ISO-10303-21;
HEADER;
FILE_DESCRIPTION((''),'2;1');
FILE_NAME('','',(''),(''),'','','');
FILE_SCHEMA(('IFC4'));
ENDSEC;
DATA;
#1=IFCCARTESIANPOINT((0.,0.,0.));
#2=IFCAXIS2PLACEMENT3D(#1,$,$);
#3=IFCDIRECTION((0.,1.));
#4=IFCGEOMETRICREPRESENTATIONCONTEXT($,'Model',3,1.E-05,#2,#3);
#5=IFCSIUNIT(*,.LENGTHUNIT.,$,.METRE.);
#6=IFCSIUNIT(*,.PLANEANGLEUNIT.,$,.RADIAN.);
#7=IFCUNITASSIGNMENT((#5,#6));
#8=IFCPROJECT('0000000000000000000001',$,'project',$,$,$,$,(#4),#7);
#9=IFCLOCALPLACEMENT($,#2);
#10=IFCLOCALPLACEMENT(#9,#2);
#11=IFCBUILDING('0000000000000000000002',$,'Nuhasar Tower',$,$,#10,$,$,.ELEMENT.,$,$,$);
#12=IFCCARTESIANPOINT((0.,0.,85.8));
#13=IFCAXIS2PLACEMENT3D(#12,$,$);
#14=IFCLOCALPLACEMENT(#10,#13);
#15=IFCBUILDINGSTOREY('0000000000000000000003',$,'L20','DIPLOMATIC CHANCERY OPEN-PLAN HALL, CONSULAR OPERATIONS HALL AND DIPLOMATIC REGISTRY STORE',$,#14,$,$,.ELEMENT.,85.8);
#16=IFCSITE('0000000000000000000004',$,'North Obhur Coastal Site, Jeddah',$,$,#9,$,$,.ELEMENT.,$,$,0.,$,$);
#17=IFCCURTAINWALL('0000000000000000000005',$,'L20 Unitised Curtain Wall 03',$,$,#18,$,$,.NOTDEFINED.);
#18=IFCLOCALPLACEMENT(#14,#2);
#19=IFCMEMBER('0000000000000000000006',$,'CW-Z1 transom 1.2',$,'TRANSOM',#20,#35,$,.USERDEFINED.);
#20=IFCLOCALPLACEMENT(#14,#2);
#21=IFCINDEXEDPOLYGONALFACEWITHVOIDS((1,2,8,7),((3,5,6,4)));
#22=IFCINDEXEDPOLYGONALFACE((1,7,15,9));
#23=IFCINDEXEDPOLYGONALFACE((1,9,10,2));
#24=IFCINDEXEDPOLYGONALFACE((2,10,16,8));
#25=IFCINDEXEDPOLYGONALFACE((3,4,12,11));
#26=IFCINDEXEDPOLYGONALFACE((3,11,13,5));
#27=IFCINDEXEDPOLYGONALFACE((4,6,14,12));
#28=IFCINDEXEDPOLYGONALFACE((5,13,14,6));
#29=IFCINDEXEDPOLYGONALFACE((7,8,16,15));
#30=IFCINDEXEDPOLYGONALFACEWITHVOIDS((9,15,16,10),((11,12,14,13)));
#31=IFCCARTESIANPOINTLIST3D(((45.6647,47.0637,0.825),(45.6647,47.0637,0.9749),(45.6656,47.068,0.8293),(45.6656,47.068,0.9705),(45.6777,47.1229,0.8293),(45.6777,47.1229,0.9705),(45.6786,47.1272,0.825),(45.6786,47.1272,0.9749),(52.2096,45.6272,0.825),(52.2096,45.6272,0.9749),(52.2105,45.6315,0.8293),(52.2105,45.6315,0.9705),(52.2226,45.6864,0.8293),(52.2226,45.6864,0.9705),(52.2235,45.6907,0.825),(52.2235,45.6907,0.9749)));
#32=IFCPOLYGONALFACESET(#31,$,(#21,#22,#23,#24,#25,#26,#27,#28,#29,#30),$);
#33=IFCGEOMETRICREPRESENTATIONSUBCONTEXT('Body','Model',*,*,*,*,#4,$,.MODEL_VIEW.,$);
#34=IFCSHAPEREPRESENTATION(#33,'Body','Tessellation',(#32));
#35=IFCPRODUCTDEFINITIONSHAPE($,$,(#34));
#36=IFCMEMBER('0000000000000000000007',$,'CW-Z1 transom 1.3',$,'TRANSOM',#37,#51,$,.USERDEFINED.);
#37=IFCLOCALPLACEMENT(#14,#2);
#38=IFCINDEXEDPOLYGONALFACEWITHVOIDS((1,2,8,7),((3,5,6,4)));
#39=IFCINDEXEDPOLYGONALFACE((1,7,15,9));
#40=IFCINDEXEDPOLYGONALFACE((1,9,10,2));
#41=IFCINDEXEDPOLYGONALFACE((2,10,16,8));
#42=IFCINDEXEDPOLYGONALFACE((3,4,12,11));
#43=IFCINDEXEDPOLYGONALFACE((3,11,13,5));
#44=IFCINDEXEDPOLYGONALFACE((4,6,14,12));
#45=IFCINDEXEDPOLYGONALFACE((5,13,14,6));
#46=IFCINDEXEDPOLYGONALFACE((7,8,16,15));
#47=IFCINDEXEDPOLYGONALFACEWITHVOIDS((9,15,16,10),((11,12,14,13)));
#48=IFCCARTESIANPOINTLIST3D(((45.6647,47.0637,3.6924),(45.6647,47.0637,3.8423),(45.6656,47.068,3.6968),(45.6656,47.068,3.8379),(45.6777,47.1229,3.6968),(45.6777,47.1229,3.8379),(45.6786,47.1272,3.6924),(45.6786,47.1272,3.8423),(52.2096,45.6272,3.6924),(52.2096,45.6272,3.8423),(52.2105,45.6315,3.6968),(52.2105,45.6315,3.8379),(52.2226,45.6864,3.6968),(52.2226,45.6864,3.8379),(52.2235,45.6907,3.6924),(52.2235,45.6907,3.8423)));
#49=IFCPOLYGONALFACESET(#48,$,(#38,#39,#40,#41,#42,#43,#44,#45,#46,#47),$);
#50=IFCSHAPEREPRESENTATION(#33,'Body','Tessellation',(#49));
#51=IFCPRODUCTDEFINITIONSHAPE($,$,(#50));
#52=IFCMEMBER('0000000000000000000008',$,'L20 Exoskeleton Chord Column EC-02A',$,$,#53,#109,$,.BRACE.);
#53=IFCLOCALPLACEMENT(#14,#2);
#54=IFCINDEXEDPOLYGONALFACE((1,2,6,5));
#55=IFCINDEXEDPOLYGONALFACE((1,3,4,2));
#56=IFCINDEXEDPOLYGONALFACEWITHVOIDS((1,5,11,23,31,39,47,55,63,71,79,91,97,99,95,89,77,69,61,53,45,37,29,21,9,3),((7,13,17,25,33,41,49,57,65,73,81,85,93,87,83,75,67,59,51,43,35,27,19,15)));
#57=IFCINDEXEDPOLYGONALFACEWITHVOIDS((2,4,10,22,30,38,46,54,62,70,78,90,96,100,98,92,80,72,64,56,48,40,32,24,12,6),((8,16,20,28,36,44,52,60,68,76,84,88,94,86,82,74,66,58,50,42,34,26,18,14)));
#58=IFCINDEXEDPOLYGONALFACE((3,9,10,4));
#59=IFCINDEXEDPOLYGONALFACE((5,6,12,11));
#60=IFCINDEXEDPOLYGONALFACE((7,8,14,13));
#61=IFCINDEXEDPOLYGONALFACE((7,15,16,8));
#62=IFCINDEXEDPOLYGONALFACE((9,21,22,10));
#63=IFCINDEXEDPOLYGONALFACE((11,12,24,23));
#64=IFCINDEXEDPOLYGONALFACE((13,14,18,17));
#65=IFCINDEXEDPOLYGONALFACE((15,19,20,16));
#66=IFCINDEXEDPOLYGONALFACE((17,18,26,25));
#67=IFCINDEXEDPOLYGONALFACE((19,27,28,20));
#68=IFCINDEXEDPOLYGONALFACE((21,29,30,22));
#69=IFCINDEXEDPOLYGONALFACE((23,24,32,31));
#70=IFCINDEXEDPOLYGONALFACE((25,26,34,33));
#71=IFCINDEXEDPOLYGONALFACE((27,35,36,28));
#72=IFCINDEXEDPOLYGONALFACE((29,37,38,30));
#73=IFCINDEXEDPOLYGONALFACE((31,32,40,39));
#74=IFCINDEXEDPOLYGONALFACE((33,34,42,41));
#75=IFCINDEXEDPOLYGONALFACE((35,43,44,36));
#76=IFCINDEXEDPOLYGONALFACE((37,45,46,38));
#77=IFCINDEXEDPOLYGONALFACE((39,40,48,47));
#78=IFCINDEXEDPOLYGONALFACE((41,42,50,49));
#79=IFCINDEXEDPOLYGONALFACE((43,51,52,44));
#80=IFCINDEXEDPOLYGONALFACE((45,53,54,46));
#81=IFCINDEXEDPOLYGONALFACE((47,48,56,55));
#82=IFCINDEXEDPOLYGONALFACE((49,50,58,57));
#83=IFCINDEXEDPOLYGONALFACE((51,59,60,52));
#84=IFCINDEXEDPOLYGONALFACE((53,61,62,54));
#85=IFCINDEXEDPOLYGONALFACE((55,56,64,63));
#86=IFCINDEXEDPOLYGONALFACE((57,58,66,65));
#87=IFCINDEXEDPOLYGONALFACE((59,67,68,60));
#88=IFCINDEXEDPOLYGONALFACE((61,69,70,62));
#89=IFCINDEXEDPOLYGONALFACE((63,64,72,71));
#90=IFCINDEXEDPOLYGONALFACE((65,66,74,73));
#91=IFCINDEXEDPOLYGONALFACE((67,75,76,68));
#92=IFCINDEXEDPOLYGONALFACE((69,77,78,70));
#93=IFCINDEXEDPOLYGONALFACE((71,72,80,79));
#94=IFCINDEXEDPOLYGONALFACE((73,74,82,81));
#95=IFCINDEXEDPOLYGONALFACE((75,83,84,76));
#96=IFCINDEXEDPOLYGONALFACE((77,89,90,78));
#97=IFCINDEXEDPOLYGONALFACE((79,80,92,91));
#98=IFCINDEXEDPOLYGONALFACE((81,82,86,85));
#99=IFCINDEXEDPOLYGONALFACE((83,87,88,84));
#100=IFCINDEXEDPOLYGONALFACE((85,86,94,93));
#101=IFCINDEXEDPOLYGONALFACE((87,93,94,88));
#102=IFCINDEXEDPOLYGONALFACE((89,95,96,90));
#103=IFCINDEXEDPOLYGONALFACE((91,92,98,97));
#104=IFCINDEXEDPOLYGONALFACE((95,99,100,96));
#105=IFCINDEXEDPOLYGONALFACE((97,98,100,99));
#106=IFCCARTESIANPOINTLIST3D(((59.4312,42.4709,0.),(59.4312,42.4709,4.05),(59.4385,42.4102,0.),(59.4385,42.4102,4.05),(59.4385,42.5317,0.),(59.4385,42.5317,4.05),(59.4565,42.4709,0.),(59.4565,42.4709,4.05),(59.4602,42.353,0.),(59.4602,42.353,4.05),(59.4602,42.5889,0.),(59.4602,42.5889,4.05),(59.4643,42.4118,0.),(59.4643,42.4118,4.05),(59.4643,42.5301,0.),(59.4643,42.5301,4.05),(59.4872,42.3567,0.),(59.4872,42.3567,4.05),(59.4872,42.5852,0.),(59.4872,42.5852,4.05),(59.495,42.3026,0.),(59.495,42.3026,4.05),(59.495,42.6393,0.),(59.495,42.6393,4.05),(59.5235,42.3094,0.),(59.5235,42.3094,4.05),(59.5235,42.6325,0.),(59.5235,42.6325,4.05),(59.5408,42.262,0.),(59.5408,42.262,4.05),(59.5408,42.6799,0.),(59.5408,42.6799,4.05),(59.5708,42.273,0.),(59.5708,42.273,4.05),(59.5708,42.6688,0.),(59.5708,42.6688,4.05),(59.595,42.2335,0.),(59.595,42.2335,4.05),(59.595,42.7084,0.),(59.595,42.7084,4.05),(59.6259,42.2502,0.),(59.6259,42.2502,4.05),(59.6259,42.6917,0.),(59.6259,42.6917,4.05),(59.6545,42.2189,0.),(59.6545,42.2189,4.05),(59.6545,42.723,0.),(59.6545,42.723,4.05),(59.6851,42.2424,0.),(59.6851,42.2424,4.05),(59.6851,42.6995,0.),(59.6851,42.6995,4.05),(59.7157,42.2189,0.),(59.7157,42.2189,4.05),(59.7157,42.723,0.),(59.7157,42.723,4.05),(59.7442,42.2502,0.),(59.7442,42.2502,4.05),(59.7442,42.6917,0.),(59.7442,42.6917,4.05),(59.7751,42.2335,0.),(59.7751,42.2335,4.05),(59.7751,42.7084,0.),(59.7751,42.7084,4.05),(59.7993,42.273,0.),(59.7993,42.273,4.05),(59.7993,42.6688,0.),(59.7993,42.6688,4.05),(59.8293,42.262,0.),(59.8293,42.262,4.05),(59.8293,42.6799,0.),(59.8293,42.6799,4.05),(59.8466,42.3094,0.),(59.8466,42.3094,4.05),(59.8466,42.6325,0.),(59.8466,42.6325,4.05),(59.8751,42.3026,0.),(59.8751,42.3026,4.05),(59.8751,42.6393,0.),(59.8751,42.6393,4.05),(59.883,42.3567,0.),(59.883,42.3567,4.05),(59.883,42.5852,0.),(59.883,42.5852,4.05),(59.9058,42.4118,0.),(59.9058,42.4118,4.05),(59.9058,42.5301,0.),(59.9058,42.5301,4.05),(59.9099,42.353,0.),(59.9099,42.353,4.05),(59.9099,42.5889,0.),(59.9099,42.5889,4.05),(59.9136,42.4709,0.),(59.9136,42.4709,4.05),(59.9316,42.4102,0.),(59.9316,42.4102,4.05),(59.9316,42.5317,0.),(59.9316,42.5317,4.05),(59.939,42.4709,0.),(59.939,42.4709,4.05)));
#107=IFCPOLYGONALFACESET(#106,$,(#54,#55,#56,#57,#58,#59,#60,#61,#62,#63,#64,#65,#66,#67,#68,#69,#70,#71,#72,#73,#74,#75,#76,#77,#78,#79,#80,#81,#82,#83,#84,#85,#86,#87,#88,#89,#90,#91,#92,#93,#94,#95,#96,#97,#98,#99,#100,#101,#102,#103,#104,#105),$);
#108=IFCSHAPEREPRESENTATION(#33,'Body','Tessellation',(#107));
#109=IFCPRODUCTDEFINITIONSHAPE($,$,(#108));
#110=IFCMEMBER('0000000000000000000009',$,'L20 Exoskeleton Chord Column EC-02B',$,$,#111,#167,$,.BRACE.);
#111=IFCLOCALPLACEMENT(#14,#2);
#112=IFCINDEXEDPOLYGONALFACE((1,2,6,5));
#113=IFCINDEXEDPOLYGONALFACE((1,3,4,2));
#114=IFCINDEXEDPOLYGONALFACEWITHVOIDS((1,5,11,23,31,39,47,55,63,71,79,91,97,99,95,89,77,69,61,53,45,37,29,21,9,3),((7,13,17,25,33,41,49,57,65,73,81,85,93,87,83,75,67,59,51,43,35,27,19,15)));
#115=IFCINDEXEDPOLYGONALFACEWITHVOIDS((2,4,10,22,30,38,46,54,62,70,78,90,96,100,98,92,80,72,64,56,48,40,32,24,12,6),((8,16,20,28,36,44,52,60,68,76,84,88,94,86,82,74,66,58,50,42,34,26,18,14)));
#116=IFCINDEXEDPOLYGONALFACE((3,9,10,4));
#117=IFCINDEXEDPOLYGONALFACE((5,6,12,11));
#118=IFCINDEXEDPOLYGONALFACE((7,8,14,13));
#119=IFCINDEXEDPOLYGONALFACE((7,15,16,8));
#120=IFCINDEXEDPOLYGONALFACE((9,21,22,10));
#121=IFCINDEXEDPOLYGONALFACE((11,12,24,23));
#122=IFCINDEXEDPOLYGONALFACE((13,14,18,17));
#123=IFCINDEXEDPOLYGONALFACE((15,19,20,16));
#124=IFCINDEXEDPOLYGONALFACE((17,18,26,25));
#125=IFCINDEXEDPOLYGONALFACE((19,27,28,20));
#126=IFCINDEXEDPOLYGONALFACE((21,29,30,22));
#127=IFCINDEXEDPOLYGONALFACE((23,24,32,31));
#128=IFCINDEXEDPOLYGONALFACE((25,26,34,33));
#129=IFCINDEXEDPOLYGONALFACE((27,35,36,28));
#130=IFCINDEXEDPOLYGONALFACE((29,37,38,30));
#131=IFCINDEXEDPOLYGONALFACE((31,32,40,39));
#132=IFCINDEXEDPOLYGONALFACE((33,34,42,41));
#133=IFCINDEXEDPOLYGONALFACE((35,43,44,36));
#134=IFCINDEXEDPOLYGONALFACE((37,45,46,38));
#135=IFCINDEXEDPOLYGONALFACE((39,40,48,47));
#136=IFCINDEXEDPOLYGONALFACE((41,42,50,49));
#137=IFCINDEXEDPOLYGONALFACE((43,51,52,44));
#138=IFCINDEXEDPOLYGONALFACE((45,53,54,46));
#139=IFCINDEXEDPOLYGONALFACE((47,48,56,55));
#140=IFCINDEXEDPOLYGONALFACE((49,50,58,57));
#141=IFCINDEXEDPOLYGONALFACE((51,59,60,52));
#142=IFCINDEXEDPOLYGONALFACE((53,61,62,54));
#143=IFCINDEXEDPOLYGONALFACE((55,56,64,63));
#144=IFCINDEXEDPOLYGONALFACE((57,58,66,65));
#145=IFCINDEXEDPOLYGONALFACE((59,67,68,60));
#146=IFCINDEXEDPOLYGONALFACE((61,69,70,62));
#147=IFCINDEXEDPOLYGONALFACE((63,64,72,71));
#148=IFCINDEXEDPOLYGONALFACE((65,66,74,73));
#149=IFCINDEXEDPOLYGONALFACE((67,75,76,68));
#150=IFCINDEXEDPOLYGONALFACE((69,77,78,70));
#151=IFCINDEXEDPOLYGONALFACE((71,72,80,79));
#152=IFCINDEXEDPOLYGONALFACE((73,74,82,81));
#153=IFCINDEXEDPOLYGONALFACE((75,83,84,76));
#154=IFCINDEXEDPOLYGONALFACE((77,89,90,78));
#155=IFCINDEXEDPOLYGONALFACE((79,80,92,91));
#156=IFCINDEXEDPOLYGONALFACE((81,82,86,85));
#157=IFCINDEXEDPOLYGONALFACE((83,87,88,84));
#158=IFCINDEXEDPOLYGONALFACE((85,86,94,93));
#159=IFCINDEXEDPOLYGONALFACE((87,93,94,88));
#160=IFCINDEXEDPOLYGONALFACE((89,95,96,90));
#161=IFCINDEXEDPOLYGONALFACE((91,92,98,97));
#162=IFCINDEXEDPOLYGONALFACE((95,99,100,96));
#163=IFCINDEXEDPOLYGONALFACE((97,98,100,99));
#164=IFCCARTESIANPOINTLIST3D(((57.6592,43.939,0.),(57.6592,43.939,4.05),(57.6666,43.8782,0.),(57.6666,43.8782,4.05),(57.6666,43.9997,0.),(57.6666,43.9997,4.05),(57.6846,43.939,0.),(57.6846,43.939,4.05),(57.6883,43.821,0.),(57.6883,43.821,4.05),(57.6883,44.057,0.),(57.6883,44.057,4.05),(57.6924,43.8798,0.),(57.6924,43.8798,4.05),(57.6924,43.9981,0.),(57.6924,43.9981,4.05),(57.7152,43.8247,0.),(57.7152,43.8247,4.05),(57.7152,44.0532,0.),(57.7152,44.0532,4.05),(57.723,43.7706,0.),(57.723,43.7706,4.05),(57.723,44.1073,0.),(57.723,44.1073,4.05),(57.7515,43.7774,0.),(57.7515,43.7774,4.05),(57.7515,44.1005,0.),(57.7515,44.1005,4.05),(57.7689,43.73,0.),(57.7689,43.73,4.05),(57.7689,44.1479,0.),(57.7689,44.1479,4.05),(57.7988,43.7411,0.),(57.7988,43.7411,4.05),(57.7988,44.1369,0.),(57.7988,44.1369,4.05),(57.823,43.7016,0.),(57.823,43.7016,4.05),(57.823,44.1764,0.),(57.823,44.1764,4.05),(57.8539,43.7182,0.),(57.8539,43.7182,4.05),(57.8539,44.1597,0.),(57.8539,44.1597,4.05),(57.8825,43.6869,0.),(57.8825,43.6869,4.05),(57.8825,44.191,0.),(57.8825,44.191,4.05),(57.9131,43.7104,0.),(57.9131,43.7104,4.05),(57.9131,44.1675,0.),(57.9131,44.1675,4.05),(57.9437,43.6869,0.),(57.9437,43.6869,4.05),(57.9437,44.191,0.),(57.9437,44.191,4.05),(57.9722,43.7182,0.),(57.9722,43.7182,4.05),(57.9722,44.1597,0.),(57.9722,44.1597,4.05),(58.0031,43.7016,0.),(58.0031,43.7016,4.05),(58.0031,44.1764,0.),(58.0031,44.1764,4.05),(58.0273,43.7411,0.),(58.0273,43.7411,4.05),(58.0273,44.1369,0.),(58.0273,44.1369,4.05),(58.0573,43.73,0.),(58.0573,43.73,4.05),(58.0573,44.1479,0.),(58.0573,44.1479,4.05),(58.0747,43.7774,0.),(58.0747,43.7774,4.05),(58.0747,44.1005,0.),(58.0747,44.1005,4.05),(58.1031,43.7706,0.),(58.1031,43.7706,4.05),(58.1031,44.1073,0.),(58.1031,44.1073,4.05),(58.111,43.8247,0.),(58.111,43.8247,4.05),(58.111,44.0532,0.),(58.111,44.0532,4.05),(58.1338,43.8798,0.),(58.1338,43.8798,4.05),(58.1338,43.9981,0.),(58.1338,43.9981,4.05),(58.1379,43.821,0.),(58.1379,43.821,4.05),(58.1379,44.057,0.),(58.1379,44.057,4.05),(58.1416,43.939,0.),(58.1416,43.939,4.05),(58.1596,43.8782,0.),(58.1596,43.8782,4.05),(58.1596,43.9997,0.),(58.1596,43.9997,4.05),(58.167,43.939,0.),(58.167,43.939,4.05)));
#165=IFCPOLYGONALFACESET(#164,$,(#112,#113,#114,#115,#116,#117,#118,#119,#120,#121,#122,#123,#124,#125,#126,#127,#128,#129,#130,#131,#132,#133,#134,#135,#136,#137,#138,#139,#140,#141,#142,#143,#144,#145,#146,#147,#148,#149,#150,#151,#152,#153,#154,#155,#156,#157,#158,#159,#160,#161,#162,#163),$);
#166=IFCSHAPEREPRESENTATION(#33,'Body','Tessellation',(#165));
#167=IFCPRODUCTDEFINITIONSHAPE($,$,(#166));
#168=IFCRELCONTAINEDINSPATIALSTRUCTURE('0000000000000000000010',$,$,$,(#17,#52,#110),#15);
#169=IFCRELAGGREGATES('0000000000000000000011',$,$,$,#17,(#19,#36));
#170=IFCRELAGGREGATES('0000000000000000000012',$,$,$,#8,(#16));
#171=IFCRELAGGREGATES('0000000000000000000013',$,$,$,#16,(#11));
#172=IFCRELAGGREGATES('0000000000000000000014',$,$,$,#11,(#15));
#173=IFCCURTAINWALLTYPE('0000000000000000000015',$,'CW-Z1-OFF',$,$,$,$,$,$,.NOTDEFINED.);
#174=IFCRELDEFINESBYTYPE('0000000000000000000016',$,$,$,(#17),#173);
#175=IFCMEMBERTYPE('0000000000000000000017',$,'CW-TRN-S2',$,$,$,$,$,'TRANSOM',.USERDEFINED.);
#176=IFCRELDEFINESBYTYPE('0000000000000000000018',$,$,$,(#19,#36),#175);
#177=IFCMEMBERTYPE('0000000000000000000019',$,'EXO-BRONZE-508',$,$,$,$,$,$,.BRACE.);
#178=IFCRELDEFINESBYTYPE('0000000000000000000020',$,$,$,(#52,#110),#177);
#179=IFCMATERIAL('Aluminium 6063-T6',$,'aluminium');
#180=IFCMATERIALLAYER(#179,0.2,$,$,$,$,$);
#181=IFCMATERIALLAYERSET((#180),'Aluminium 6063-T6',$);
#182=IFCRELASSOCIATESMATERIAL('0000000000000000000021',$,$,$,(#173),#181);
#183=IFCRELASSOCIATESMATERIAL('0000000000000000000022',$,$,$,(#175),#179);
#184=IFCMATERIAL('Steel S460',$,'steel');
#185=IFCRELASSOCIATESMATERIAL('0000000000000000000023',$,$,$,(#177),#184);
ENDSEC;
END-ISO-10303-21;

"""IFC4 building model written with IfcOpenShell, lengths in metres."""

from ifc_helpers import new_model, si_unit, direction, frame, origin, origin_2d, place, context, subcontext, project, spatial, hollow_rectangle, hollow_circle, extrude, material, layer, layer_set, material_profile, profile_set, type_object, element, aggregate, save


model = new_model("IFC4")

# Units and contexts
model_context = context("Model", 3, precision=1e-05, world=origin(), true_north=direction((0.0, 1.0)))
body_context = subcontext(model_context, "Body", "Model", "MODEL_VIEW")
ifc_project = project(units=[si_unit("LENGTHUNIT", "METRE"), si_unit("PLANEANGLEUNIT", "RADIAN")], contexts=[model_context])

# Site, building, storey
site_placement = place(None, origin())
site = spatial("IfcSite", under=ifc_project, at=site_placement, Name="North Obhur Coastal Site, Jeddah", CompositionType="ELEMENT", RefElevation=0.0)
building_placement = place(site_placement, origin())
building = spatial("IfcBuilding", under=site, at=building_placement, Name="Nuhasar Tower", CompositionType="ELEMENT")
storey_placement = place(building_placement, frame((0.0, 0.0, 85.8)))
storey = spatial("IfcBuildingStorey", under=building, at=storey_placement, Name="L20", Description="DIPLOMATIC CHANCERY OPEN-PLAN HALL, CONSULAR OPERATIONS HALL AND DIPLOMATIC REGISTRY STORE", CompositionType="ELEMENT", Elevation=85.8)

# Shared definitions
ifc_material_1 = material(Name="Aluminium 6063-T6", Category="aluminium")
ifc_layer_1 = layer(ifc_material_1, 0.2)
ifc_layer_set_1 = layer_set([ifc_layer_1], Name="Aluminium 6063-T6")
curtain_wall_type = type_object("IfcCurtainWallType", Name="CW-Z1-OFF", PredefinedType="NOTDEFINED", material=ifc_layer_set_1)

# Curtain wall
curtain_wall_1_placement = place(storey_placement, origin())
curtain_wall_1 = element("IfcCurtainWall", 1, at=curtain_wall_1_placement, inside=storey, type_object=curtain_wall_type, Name="L20 Unitised Curtain Wall 03", PredefinedType="NOTDEFINED")

# Members
ifc_material_profile_1 = material_profile(ifc_material_1, hollow_rectangle(XDim=0.0649, YDim=0.1499, WallThickness=0.0044, at=origin_2d()), Name="CWT-2")
ifc_profile_set_1 = profile_set([ifc_material_profile_1], Name="Aluminium 6063-T6")
member_type_1 = type_object("IfcMemberType", Name="CW-TRN-S2", ElementType="TRANSOM", PredefinedType="USERDEFINED", material=ifc_profile_set_1)
member_1_placement = place(storey_placement, frame((52.2166, 45.6589, 0.8999), z_axis=(-0.97675, 0.214384, 0.0), x_axis=(-0.214384, -0.97675, 0.0)))
member_1 = element("IfcMember", 2, at=member_1_placement, type_object=member_type_1, Name="CW-Z1 transom 1.2", ObjectType="TRANSOM", PredefinedType="USERDEFINED", context=body_context, shape_type="SweptSolid", body=[
    extrude(hollow_rectangle(XDim=0.0649, YDim=0.1499, WallThickness=0.0044, at=origin_2d()), origin(), (0.0, 0.0, 1.0), 6.7007),
])
member_2_placement = place(storey_placement, frame((52.2166, 45.6589, 3.7673), z_axis=(-0.97675, 0.214384, 0.0), x_axis=(-0.214384, -0.97675, 0.0)))
member_2 = element("IfcMember", 3, at=member_2_placement, type_object=member_type_1, Name="CW-Z1 transom 1.3", ObjectType="TRANSOM", PredefinedType="USERDEFINED", context=body_context, shape_type="SweptSolid", body=[
    extrude(hollow_rectangle(XDim=0.0649, YDim=0.1499, WallThickness=0.0044, at=origin_2d()), origin(), (0.0, 0.0, 1.0), 6.7007),
])

# Members
ifc_material_2 = material(Name="Steel S460", Category="steel")
ifc_material_profile_2 = material_profile(ifc_material_2, hollow_circle(Radius=0.2539, WallThickness=0.0254, at=origin_2d()), Name="HSS508X25.4")
ifc_profile_set_2 = profile_set([ifc_material_profile_2], Name="Steel S460")
member_type_2 = type_object("IfcMemberType", Name="EXO-BRONZE-508", PredefinedType="BRACE", material=ifc_profile_set_2)
for number, where, z_axis, x_axis, name in (
    (4, (59.6851, 42.4709, 0.0), (0.0, 0.0, 1.0), (1.0, 0.0, 0.0), "L20 Exoskeleton Chord Column EC-02A"),
    (5, (57.9131, 43.939, 0.0), (0.0, 0.0, 1.0), (1.0, 0.0, 0.0), "L20 Exoskeleton Chord Column EC-02B"),
):
    element("IfcMember", number, at=place(storey_placement, frame(where, z_axis=z_axis, x_axis=x_axis)), inside=storey, type_object=member_type_2, Name=name, PredefinedType="BRACE", context=body_context, shape_type="SweptSolid", body=[
        extrude(hollow_circle(Radius=0.2539, WallThickness=0.0254, at=origin_2d()), origin(), (0.0, 0.0, 1.0), 4.05),
    ])

aggregate(curtain_wall_1, [member_1, member_2])

save(model, "model.ifc")
